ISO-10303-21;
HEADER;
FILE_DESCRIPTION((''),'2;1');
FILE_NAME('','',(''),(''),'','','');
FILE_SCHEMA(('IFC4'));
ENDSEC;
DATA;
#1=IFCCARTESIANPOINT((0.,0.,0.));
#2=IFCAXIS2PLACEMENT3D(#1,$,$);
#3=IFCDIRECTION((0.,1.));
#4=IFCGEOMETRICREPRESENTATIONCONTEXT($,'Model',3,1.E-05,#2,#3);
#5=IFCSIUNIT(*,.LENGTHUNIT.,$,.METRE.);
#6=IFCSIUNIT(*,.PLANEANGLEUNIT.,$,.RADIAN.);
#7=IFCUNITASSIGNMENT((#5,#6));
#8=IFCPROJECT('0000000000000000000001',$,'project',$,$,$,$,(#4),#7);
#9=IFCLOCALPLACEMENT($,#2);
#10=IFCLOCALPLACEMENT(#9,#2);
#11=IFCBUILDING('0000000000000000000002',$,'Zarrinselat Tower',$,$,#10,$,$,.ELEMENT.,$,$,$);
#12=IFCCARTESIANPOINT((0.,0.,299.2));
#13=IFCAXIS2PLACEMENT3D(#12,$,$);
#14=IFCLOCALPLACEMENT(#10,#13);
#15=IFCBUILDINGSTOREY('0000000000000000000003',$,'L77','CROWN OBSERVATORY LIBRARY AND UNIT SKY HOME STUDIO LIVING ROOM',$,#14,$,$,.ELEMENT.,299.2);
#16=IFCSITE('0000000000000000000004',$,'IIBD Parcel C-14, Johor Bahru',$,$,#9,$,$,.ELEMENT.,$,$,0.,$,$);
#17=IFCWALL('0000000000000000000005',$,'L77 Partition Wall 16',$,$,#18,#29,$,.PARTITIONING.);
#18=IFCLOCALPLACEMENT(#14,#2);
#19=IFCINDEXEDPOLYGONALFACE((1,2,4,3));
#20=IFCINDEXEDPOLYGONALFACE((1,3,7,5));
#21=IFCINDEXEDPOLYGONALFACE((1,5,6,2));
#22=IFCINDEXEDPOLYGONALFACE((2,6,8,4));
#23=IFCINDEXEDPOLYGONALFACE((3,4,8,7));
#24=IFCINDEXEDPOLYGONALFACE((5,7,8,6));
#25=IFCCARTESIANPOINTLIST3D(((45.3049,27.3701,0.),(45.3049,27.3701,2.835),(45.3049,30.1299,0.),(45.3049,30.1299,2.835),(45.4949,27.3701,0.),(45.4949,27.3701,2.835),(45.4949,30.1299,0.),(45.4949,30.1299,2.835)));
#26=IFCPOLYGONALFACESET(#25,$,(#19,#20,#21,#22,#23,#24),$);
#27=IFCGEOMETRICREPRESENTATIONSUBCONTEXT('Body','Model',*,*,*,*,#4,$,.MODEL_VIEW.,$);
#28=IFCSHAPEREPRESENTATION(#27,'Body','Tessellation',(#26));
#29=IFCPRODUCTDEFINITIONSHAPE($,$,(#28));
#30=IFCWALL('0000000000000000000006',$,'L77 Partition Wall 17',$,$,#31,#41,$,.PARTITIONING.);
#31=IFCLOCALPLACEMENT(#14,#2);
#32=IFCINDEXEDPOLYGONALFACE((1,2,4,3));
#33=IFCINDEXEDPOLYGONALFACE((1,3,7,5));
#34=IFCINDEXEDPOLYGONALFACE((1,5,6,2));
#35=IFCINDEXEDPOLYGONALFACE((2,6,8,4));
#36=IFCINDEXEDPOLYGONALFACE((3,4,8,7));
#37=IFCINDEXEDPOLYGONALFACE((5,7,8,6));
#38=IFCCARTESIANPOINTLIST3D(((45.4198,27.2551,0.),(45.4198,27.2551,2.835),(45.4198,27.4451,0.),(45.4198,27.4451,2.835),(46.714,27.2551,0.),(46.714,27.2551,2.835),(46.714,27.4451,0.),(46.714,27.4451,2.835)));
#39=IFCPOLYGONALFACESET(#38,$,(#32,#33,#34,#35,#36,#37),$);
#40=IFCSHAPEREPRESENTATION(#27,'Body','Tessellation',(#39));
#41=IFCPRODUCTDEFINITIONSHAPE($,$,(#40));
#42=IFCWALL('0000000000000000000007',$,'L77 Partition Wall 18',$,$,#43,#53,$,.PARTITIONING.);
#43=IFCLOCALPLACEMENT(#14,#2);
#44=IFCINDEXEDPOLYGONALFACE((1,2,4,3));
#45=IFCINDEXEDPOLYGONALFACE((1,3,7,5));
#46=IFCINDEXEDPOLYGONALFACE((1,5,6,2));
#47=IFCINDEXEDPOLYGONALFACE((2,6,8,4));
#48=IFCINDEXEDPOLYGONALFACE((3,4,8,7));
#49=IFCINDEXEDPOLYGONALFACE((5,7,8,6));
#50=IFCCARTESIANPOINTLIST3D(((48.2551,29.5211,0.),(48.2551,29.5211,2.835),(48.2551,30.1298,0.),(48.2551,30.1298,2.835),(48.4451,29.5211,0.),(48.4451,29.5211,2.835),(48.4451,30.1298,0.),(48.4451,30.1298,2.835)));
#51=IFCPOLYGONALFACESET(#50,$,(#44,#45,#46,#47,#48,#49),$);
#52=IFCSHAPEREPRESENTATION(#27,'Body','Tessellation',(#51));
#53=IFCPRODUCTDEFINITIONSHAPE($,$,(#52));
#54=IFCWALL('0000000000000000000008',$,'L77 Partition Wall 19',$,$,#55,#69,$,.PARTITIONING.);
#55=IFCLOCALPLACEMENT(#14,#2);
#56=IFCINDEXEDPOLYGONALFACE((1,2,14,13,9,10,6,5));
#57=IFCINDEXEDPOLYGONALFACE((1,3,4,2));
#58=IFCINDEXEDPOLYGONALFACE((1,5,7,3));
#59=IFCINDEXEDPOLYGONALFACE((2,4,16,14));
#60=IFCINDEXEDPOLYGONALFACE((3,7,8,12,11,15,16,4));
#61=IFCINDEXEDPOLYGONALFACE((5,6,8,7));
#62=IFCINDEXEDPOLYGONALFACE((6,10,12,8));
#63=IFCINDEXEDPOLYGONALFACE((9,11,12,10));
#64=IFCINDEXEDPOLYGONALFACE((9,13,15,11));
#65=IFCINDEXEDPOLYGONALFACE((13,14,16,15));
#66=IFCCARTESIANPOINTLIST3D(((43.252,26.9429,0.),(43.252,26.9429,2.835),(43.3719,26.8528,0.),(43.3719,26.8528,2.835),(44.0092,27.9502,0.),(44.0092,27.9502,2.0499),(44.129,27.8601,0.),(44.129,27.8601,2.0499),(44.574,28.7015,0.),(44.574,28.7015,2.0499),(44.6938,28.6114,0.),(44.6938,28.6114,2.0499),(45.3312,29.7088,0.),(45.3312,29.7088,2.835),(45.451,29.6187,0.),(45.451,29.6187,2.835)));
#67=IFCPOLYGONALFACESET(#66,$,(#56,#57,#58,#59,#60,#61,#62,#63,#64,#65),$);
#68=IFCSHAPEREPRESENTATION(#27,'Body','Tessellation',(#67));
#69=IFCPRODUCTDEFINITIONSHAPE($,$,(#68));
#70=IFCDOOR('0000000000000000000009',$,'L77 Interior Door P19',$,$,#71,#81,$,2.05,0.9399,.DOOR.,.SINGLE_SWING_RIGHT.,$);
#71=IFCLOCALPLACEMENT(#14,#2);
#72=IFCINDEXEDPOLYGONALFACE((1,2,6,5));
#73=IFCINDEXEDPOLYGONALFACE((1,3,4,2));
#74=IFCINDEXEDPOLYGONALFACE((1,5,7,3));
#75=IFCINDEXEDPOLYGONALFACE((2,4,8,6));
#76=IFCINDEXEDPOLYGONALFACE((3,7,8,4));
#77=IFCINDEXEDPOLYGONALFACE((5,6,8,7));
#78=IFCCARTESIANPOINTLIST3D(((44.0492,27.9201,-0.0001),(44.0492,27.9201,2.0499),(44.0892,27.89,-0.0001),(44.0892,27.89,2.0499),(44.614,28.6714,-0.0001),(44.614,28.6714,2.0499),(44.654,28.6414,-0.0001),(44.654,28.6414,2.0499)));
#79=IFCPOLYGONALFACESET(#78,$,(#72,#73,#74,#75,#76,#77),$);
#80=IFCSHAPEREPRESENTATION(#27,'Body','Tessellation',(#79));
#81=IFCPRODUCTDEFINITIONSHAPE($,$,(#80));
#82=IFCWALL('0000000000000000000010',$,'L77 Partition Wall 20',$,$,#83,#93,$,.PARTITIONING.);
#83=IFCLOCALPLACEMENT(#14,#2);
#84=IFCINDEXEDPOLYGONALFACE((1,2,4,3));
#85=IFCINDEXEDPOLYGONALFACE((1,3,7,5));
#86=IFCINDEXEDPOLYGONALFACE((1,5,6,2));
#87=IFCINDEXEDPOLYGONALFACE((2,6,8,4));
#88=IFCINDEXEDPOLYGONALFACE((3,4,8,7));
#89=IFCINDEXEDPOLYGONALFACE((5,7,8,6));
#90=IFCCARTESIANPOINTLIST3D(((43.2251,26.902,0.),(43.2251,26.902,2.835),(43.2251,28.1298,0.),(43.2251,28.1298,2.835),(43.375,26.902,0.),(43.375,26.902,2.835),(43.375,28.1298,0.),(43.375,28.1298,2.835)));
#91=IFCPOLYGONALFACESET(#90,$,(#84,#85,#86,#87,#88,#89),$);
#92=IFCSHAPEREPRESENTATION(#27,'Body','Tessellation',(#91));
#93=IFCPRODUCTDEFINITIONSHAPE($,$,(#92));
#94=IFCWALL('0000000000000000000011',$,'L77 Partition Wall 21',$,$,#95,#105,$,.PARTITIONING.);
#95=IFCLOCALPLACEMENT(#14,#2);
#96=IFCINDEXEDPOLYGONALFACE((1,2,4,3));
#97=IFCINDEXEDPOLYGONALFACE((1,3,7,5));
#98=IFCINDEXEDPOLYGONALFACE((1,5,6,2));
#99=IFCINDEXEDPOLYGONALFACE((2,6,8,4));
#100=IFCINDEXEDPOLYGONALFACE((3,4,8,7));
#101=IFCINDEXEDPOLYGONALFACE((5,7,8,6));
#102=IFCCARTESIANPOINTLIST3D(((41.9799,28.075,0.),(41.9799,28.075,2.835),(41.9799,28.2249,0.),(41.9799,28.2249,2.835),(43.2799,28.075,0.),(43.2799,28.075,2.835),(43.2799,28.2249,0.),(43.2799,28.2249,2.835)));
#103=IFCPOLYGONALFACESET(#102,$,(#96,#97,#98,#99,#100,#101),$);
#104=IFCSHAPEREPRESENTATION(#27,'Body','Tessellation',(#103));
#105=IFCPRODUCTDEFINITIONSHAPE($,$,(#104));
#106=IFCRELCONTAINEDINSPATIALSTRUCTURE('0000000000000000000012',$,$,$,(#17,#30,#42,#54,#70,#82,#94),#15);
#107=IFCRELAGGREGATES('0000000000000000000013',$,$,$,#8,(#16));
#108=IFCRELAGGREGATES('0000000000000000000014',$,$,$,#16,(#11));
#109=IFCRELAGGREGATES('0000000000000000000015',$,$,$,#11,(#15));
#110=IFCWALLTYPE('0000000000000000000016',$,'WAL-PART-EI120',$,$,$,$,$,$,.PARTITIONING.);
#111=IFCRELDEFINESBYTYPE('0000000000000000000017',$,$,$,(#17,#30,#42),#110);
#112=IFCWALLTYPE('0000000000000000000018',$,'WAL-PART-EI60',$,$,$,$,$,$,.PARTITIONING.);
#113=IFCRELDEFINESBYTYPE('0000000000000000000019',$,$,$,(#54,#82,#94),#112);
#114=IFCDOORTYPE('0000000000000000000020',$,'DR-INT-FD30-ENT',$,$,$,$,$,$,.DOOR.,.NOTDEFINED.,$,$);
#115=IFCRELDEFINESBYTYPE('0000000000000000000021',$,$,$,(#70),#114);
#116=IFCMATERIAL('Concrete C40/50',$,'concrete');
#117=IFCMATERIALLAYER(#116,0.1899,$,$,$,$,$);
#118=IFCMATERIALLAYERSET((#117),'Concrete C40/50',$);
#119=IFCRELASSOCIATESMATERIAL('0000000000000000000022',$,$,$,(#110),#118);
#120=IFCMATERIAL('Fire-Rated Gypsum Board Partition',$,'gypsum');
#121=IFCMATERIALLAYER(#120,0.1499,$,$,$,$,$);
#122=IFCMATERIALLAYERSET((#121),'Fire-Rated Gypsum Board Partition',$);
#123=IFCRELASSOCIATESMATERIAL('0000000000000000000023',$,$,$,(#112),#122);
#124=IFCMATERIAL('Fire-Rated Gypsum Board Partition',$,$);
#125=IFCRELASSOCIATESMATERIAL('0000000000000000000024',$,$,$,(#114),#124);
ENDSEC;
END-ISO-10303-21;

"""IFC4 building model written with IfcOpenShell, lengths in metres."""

from ifc_helpers import new_model, si_unit, direction, frame, frame_2d, origin, place, context, subcontext, project, spatial, rectangle, extrude, material, layer, layer_set, type_object, element, fill, save


model = new_model("IFC4")

# Units and contexts
model_context = context("Model", 3, precision=1e-05, world=origin(), true_north=direction((0.0, 1.0)))
body_context = subcontext(model_context, "Body", "Model", "MODEL_VIEW")
ifc_project = project(units=[si_unit("LENGTHUNIT", "METRE"), si_unit("PLANEANGLEUNIT", "RADIAN")], contexts=[model_context])

# Site, building, storey
site_placement = place(None, origin())
site = spatial("IfcSite", under=ifc_project, at=site_placement, Name="IIBD Parcel C-14, Johor Bahru", CompositionType="ELEMENT", RefElevation=0.0)
building_placement = place(site_placement, origin())
building = spatial("IfcBuilding", under=site, at=building_placement, Name="Zarrinselat Tower", CompositionType="ELEMENT")
storey_placement = place(building_placement, frame((0.0, 0.0, 299.2)))
storey = spatial("IfcBuildingStorey", under=building, at=storey_placement, Name="L77", Description="CROWN OBSERVATORY LIBRARY AND UNIT SKY HOME STUDIO LIVING ROOM", CompositionType="ELEMENT", Elevation=299.2)

# Walls
ifc_material_1 = material(Name="Concrete C40/50", Category="concrete")
ifc_layer_1 = layer(ifc_material_1, 0.1899)
ifc_layer_set_1 = layer_set([ifc_layer_1], Name="Concrete C40/50")
wall_type_1 = type_object("IfcWallType", Name="WAL-PART-EI120", PredefinedType="PARTITIONING", material=ifc_layer_set_1)
wall_1_placement = place(storey_placement, frame((45.3999, 27.3701, 0.0), z_axis=(0.0, 0.0, 1.0), x_axis=(0.0, 1.0, 0.0)))
element("IfcWall", 1, at=wall_1_placement, inside=storey, type_object=wall_type_1, Name="L77 Partition Wall 16", PredefinedType="PARTITIONING", context=body_context, shape_type="SweptSolid", body=[
    extrude(rectangle(XDim=2.7598, YDim=0.1899, at=frame_2d((1.3799, 0.0))), origin(), (0.0, 0.0, 1.0), 2.835),
])
wall_2_placement = place(storey_placement, frame((45.4199, 27.3501, 0.0), z_axis=(0.0, 0.0, 1.0), x_axis=(1.0, 0.0, 0.0)))
element("IfcWall", 2, at=wall_2_placement, inside=storey, type_object=wall_type_1, Name="L77 Partition Wall 17", PredefinedType="PARTITIONING", context=body_context, shape_type="SweptSolid", body=[
    extrude(rectangle(XDim=1.2942, YDim=0.1899, at=frame_2d((0.647, 0.0))), origin(), (0.0, 0.0, 1.0), 2.835),
])
wall_3_placement = place(storey_placement, frame((48.3501, 29.5212, 0.0), z_axis=(0.0, 0.0, 1.0), x_axis=(0.0, 1.0, 0.0)))
element("IfcWall", 3, at=wall_3_placement, inside=storey, type_object=wall_type_1, Name="L77 Partition Wall 18", PredefinedType="PARTITIONING", context=body_context, shape_type="SweptSolid", body=[
    extrude(rectangle(XDim=0.6086, YDim=0.1899, at=frame_2d((0.3042, 0.0))), origin(), (0.0, 0.0, 1.0), 2.835),
])

# Wall, opening, door
ifc_material_2 = material(Name="Fire-Rated Gypsum Board Partition", Category="gypsum")
ifc_layer_2 = layer(ifc_material_2, 0.1499)
ifc_layer_set_2 = layer_set([ifc_layer_2], Name="Fire-Rated Gypsum Board Partition")
wall_type_2 = type_object("IfcWallType", Name="WAL-PART-EI60", PredefinedType="PARTITIONING", material=ifc_layer_set_2)
wall_4_placement = place(storey_placement, frame((43.312, 26.8979, 0.0), z_axis=(0.0, 0.0, 1.0), x_axis=(0.600869, 0.799348, 0.0)))
wall_4 = element("IfcWall", 4, at=wall_4_placement, inside=storey, type_object=wall_type_2, Name="L77 Partition Wall 19", PredefinedType="PARTITIONING", context=body_context, shape_type="SweptSolid", body=[
    extrude(rectangle(XDim=3.4602, YDim=0.1499, at=frame_2d((1.73, 0.0))), origin(), (0.0, 0.0, 1.0), 2.835),
])
opening_placement = place(wall_4_placement, frame((1.26, 0.0, 0.0)))
opening = element("IfcOpeningElement", 5, at=opening_placement, cuts=wall_4, PredefinedType="OPENING", context=body_context, shape_type="SweptSolid", body=[
    extrude(rectangle(XDim=0.9399, YDim=2.05, at=frame_2d((0.47, 1.0249))), frame((0.0, 0.085, 0.0), z_axis=(0.0, -1.0, 0.0), x_axis=(1.0, 0.0, 0.0)), (0.0, 0.0, 1.0), 0.1699),
])
ifc_material_3 = material(Name="Fire-Rated Gypsum Board Partition")
door_type = type_object("IfcDoorType", Name="DR-INT-FD30-ENT", OperationType="NOTDEFINED", PredefinedType="DOOR", material=ifc_material_3)
door_placement = place(opening_placement, origin())
door = element("IfcDoor", 6, at=door_placement, inside=storey, type_object=door_type, Name="L77 Interior Door P19", OperationType="SINGLE_SWING_RIGHT", OverallHeight=2.05, OverallWidth=0.9399, PredefinedType="DOOR", context=body_context, shape_type="SweptSolid", body=[
    extrude(rectangle(XDim=0.9399, YDim=2.05, at=frame_2d((0.47, 1.0249))), frame((0.0, 0.0249, 0.0), z_axis=(0.0, -1.0, 0.0), x_axis=(1.0, 0.0, 0.0)), (0.0, 0.0, 1.0), 0.05),
])
fill(opening, door)

# Walls
wall_5_placement = place(storey_placement, frame((43.3, 26.9021, 0.0), z_axis=(0.0, 0.0, 1.0), x_axis=(0.0, 1.0, 0.0)))
element("IfcWall", 7, at=wall_5_placement, inside=storey, type_object=wall_type_2, Name="L77 Partition Wall 20", PredefinedType="PARTITIONING", context=body_context, shape_type="SweptSolid", body=[
    extrude(rectangle(XDim=1.2278, YDim=0.1499, at=frame_2d((0.6138, 0.0))), origin(), (0.0, 0.0, 1.0), 2.835),
])
wall_6_placement = place(storey_placement, frame((41.98, 28.1499, 0.0), z_axis=(0.0, 0.0, 1.0), x_axis=(1.0, 0.0, 0.0)))
element("IfcWall", 8, at=wall_6_placement, inside=storey, type_object=wall_type_2, Name="L77 Partition Wall 21", PredefinedType="PARTITIONING", context=body_context, shape_type="SweptSolid", body=[
    extrude(rectangle(XDim=1.3, YDim=0.1499, at=frame_2d((0.6499, 0.0))), origin(), (0.0, 0.0, 1.0), 2.835),
])

save(model, "model.ifc")
